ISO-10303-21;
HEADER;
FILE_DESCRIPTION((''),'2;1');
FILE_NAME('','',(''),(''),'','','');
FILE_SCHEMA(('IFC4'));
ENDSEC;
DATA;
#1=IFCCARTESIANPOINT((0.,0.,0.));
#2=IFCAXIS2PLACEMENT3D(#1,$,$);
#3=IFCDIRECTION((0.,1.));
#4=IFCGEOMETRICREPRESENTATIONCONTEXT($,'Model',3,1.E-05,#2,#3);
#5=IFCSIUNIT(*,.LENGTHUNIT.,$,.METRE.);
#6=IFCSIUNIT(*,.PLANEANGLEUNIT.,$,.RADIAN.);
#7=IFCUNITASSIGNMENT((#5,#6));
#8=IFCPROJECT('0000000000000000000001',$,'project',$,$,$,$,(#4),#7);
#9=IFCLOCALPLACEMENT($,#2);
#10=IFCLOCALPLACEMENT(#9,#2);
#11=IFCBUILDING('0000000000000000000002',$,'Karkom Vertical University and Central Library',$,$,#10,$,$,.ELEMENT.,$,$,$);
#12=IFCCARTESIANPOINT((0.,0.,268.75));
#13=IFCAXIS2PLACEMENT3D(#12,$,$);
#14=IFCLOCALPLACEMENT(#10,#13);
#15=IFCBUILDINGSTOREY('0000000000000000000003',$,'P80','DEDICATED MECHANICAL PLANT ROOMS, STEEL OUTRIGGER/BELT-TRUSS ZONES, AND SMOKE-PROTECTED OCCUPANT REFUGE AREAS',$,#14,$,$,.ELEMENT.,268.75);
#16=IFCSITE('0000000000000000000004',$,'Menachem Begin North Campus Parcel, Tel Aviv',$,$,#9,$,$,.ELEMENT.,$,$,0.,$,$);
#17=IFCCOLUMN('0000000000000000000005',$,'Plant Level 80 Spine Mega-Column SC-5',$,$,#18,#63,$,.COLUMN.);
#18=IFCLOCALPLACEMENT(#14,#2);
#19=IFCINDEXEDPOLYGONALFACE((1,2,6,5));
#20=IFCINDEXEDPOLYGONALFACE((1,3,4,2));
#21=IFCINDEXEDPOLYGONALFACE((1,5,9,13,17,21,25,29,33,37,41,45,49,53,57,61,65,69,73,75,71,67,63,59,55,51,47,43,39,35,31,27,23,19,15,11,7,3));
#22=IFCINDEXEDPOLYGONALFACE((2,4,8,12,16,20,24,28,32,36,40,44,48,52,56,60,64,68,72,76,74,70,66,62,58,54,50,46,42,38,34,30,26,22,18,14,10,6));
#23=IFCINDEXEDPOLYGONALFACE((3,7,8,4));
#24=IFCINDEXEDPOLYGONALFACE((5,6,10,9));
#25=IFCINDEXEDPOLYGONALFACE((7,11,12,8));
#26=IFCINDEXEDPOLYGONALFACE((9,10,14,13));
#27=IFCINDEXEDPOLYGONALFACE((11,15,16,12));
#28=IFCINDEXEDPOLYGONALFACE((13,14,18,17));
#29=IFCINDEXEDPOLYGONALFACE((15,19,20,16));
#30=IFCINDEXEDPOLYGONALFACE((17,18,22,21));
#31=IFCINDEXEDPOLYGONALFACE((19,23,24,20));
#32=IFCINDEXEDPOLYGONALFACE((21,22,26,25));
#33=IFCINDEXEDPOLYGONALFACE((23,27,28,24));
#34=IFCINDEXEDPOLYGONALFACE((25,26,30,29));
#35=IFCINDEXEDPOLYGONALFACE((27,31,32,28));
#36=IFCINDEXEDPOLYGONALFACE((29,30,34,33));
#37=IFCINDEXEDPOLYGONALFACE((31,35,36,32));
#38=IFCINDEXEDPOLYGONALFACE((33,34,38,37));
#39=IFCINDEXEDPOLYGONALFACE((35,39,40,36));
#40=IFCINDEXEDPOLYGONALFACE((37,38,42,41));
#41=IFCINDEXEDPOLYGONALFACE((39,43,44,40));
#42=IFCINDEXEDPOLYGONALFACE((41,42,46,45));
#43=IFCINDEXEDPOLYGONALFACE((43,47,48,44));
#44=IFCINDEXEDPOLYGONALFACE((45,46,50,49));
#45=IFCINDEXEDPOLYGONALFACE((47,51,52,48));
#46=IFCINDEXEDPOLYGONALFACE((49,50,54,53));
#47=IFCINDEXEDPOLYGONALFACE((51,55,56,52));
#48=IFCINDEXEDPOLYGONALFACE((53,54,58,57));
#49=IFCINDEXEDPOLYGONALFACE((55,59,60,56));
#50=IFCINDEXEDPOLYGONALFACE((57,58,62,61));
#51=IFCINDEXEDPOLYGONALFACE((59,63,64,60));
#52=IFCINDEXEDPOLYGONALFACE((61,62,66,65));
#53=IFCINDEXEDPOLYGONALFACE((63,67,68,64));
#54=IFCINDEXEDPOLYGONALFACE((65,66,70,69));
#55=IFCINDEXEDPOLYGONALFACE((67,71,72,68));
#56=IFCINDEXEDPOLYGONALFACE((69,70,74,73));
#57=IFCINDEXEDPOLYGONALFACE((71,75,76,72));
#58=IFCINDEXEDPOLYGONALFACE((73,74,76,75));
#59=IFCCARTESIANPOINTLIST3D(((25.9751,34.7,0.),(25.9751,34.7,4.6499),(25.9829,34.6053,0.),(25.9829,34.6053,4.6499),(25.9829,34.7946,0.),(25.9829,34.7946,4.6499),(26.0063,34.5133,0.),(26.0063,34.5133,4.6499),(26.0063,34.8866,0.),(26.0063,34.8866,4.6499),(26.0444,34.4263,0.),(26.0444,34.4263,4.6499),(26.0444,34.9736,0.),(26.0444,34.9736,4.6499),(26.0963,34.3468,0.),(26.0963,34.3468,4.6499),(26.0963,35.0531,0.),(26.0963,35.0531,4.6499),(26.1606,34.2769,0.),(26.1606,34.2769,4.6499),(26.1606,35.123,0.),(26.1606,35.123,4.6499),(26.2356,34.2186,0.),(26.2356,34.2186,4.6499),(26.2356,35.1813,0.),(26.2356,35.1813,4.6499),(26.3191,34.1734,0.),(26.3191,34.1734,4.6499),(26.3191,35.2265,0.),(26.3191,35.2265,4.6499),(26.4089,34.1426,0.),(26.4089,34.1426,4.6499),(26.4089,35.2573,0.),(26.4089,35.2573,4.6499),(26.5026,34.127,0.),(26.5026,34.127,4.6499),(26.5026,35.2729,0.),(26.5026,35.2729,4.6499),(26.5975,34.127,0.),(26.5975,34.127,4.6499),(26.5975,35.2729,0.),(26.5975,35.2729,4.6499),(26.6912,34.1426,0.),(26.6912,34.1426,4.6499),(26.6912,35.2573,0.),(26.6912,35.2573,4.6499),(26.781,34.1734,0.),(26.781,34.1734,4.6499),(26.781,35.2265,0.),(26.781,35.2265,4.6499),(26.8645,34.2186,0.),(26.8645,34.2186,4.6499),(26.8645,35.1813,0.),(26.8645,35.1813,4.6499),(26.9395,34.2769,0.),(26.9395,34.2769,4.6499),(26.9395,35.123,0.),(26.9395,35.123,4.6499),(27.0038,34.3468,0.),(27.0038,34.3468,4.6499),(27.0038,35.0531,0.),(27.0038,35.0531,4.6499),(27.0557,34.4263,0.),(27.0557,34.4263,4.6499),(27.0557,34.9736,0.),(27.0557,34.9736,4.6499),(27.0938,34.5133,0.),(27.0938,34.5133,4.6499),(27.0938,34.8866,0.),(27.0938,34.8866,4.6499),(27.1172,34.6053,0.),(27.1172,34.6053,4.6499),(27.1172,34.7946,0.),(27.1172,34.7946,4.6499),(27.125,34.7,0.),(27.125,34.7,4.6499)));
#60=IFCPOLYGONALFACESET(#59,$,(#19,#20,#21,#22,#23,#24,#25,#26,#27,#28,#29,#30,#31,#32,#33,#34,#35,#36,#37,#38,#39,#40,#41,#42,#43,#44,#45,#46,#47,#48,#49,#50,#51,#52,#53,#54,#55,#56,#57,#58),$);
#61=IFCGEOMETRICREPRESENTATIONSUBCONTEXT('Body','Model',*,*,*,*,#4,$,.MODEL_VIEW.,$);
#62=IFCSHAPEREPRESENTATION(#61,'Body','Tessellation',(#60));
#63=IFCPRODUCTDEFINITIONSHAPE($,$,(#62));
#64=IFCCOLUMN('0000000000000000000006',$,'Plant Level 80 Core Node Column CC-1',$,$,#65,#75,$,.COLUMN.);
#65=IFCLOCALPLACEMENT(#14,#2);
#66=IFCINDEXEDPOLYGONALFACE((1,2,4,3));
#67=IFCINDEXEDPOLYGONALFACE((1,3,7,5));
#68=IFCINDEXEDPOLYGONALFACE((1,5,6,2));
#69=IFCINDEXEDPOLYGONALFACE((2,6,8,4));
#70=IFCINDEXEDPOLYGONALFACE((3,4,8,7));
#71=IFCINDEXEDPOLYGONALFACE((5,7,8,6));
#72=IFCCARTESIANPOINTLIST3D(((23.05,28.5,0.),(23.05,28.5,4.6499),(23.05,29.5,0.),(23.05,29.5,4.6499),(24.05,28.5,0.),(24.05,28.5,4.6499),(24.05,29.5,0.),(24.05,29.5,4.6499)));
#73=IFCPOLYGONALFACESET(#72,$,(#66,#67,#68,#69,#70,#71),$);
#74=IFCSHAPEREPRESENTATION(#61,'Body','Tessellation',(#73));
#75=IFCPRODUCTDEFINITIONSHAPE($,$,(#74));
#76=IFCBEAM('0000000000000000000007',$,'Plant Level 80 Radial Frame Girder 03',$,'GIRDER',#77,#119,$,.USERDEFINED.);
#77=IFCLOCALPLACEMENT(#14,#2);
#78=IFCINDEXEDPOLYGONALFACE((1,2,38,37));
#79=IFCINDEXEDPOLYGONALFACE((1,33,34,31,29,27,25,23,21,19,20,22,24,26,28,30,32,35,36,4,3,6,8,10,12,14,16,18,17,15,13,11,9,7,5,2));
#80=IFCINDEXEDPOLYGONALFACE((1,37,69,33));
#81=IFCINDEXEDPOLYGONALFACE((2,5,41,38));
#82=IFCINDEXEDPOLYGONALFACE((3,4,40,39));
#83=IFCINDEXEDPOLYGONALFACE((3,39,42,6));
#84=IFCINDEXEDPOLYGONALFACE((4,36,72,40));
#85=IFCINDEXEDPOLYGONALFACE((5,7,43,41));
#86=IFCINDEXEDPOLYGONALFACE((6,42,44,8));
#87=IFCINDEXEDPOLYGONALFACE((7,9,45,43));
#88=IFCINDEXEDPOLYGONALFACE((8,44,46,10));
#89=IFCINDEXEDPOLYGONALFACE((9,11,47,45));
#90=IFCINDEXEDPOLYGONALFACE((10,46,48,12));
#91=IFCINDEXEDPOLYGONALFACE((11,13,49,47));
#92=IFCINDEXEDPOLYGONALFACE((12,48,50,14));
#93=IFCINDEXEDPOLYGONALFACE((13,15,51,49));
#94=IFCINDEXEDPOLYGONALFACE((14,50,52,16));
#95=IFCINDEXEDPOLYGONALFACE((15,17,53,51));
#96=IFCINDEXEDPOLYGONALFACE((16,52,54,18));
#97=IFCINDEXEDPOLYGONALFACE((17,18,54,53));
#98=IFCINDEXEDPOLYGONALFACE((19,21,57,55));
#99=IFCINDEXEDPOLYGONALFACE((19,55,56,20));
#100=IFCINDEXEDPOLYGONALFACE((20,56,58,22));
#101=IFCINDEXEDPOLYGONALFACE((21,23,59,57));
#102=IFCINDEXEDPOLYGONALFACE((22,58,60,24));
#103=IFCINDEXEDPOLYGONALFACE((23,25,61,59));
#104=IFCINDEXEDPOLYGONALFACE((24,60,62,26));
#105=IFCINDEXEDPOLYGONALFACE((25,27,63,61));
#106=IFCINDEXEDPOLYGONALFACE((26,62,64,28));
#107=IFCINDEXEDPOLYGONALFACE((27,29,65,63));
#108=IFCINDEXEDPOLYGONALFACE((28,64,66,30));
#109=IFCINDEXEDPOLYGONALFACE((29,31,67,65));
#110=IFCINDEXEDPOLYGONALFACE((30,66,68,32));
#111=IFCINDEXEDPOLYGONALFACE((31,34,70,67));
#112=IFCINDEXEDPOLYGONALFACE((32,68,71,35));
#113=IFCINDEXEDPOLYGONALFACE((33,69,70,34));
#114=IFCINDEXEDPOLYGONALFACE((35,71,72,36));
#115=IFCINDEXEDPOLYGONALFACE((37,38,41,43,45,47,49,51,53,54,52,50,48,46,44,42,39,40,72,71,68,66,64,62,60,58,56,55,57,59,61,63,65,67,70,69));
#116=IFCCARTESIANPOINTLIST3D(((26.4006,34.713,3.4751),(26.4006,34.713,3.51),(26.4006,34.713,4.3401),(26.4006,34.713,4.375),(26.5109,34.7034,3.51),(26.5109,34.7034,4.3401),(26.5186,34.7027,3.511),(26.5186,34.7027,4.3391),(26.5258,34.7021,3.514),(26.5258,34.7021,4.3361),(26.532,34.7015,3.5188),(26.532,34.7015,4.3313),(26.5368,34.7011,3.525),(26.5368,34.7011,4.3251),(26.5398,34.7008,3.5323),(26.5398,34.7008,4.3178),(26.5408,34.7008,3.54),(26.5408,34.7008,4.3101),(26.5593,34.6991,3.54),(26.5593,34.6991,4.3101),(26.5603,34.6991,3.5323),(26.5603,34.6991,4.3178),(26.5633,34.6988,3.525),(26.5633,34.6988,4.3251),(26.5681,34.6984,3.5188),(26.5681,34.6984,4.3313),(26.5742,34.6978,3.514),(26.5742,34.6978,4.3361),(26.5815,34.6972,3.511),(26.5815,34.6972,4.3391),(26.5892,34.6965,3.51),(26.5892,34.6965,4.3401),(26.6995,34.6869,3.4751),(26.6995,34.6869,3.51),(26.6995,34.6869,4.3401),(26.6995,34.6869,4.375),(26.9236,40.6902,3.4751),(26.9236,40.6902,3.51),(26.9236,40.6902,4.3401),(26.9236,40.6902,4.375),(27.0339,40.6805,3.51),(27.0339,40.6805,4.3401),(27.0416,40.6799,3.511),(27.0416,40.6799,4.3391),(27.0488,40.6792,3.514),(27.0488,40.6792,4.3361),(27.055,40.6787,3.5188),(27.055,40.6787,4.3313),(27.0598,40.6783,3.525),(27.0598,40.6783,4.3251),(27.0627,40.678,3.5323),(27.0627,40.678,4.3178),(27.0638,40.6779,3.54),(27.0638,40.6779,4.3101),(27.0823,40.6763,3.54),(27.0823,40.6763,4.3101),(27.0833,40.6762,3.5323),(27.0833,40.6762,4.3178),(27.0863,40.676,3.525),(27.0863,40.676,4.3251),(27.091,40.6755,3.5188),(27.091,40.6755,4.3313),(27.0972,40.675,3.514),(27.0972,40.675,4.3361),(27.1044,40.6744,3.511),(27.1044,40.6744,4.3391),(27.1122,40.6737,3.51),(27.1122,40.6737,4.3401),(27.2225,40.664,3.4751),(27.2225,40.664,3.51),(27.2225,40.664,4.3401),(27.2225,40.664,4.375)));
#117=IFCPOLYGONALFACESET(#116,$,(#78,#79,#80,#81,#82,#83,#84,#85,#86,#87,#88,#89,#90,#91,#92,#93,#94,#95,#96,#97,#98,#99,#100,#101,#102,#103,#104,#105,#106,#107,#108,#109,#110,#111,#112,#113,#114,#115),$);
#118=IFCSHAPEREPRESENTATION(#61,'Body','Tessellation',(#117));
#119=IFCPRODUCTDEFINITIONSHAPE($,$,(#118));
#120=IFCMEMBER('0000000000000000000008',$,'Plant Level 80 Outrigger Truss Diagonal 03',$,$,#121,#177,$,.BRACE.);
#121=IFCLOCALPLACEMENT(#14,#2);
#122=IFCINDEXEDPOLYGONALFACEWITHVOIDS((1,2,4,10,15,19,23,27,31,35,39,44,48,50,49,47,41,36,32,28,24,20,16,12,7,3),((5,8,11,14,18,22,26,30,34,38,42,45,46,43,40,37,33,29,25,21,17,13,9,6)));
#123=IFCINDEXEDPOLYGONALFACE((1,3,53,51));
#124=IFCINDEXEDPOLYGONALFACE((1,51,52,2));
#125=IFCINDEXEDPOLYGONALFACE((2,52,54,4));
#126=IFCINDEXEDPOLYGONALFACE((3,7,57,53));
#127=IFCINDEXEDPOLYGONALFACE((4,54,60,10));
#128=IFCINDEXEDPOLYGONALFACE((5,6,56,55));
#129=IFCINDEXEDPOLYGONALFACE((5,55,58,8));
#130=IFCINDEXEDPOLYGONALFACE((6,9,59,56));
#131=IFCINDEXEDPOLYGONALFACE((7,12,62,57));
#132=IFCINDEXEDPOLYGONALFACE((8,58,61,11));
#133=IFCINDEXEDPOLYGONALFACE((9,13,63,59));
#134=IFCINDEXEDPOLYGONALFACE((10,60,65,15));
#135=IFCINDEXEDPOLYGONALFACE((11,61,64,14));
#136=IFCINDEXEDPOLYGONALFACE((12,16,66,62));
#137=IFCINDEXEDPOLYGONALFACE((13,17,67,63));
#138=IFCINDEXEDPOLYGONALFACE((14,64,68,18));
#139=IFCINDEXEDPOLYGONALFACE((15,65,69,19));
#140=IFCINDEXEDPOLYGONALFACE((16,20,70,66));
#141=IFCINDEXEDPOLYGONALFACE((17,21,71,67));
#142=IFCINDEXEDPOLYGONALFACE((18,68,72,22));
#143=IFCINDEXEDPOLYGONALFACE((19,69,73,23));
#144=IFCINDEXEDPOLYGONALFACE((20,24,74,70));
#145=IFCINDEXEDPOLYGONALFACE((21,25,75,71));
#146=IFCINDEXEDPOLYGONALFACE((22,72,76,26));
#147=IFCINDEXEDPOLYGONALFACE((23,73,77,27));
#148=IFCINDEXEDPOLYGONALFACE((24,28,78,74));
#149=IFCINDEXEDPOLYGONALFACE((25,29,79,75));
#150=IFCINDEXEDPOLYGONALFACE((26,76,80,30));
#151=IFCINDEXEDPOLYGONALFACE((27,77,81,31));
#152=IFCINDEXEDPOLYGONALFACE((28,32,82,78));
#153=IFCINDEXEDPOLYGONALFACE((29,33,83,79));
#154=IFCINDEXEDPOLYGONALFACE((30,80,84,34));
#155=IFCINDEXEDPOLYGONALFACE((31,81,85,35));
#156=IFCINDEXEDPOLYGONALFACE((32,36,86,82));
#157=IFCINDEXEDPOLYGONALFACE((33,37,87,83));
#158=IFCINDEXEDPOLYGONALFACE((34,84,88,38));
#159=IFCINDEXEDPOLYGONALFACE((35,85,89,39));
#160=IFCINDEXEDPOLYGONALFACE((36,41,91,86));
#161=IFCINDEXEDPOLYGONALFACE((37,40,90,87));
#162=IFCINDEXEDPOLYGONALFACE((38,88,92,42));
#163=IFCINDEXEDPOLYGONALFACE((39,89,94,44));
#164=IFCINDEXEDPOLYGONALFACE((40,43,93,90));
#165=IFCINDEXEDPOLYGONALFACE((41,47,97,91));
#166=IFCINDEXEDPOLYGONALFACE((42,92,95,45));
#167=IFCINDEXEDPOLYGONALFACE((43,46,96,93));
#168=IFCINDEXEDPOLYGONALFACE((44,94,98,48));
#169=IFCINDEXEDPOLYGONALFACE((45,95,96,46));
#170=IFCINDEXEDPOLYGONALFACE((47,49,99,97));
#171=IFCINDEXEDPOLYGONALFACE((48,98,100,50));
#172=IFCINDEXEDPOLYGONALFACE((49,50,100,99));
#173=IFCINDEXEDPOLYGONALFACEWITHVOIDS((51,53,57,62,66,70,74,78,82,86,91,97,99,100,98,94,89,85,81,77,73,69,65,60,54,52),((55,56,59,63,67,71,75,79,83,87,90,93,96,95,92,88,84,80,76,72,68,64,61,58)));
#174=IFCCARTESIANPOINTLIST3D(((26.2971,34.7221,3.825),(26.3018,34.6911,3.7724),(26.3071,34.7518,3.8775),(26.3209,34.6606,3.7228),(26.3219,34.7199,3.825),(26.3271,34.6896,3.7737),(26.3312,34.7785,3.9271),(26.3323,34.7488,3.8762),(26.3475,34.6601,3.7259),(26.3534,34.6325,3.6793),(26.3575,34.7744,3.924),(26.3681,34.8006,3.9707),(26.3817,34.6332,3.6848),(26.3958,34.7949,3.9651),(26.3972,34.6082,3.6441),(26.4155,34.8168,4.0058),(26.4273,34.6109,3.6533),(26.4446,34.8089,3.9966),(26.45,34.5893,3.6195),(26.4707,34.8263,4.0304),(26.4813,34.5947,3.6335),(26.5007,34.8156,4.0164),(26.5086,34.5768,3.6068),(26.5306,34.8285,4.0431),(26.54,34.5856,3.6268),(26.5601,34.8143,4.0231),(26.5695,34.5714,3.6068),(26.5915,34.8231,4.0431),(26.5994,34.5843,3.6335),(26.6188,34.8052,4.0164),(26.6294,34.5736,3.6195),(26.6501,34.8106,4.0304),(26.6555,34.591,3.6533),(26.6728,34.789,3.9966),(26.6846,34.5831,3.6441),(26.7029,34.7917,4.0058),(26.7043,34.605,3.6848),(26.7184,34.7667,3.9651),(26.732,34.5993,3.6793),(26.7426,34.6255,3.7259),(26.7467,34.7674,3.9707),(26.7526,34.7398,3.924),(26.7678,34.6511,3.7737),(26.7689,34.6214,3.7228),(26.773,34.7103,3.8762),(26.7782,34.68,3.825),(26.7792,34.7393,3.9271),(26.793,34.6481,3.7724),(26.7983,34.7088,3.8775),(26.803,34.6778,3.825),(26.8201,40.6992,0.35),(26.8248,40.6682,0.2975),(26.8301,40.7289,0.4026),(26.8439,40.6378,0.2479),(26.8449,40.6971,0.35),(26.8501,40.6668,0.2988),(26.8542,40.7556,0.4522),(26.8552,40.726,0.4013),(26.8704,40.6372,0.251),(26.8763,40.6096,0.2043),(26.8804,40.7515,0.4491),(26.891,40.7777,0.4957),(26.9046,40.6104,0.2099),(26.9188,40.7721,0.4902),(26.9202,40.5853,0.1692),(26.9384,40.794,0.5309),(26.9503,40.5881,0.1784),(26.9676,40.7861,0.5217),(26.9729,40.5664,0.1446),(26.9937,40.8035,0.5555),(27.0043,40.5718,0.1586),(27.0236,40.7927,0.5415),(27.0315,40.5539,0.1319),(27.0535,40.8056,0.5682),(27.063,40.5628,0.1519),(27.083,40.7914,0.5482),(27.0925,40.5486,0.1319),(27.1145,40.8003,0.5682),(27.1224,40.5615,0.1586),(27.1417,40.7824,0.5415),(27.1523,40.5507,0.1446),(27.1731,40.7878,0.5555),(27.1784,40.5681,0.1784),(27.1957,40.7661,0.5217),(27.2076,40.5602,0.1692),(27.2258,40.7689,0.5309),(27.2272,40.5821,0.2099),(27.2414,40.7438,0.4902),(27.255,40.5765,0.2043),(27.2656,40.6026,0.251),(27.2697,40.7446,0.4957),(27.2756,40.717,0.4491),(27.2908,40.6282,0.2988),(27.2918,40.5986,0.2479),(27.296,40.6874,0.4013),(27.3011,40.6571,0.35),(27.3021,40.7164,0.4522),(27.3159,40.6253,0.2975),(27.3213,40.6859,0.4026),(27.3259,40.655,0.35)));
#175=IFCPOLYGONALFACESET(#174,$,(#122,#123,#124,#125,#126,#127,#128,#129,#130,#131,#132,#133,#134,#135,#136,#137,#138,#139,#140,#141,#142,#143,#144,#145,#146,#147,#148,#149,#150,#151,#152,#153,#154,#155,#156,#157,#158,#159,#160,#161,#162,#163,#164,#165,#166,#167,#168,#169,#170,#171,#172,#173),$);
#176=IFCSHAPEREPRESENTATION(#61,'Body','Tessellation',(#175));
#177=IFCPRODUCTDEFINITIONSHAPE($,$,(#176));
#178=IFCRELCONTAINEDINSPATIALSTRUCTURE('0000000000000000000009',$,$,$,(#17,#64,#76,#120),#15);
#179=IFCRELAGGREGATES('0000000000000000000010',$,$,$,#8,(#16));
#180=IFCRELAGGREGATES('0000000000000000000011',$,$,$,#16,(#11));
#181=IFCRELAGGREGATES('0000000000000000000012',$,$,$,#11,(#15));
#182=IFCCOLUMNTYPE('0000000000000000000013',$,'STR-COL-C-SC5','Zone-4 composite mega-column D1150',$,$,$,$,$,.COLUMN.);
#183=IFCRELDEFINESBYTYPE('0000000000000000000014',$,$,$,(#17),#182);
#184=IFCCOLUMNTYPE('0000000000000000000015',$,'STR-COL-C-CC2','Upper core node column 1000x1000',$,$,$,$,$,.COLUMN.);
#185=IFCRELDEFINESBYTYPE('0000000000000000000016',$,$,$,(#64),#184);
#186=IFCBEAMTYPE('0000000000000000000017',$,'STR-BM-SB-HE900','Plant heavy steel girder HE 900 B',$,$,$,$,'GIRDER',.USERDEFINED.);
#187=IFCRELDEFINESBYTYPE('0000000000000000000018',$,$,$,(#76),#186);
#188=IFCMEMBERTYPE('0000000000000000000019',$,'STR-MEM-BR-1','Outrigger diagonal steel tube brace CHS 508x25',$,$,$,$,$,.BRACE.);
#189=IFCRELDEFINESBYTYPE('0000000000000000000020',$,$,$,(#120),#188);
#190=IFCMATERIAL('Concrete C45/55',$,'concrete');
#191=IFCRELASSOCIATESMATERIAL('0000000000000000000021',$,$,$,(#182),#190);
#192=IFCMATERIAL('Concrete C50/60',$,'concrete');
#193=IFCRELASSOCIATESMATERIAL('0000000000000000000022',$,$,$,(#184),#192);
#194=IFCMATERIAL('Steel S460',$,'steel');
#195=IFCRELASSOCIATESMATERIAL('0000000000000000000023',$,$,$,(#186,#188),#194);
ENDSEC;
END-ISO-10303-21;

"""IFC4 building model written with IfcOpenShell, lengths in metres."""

from ifc_helpers import new_model, si_unit, direction, frame, origin, origin_with_axes, origin_2d, place, context, subcontext, project, spatial, rectangle, circle, hollow_circle, i_section, extrude, source, transform, mapped, material, material_profile, profile_set, type_object, element, save


model = new_model("IFC4")

# Units and contexts
model_context = context("Model", 3, precision=1e-05, world=origin(), true_north=direction((0.0, 1.0)))
body_context = subcontext(model_context, "Body", "Model", "MODEL_VIEW")
ifc_project = project(units=[si_unit("LENGTHUNIT", "METRE"), si_unit("PLANEANGLEUNIT", "RADIAN")], contexts=[model_context])

# Site, building, storey
site_placement = place(None, origin())
site = spatial("IfcSite", under=ifc_project, at=site_placement, Name="Menachem Begin North Campus Parcel, Tel Aviv", CompositionType="ELEMENT", RefElevation=0.0)
building_placement = place(site_placement, origin())
building = spatial("IfcBuilding", under=site, at=building_placement, Name="Karkom Vertical University and Central Library", CompositionType="ELEMENT")
storey_placement = place(building_placement, frame((0.0, 0.0, 268.75)))
storey = spatial("IfcBuildingStorey", under=building, at=storey_placement, Name="P80", Description="DEDICATED MECHANICAL PLANT ROOMS, STEEL OUTRIGGER/BELT-TRUSS ZONES, AND SMOKE-PROTECTED OCCUPANT REFUGE AREAS", CompositionType="ELEMENT", Elevation=268.75)

# Columns
ifc_material_1 = material(Name="Concrete C45/55", Category="concrete")
ifc_material_profile_1 = material_profile(ifc_material_1, circle(Radius=0.575, at=origin_2d()), Name="CFT-D1150")
ifc_profile_set_1 = profile_set([ifc_material_profile_1], Name="Concrete C45/55")
column_type_1 = type_object("IfcColumnType", Name="STR-COL-C-SC5", Description="Zone-4 composite mega-column D1150", PredefinedType="COLUMN", material=ifc_profile_set_1)
shared_shape_1 = source(origin_with_axes(), body_context, "Body", "SweptSolid", [
    extrude(circle(Radius=0.575, at=origin_2d()), origin(), (0.0, 0.0, 1.0), 4.6499),
])
column_1_placement = place(storey_placement, frame((26.55, 34.7, 0.0), z_axis=(0.0, 0.0, 1.0), x_axis=(1.0, 0.0, 0.0)))
element("IfcColumn", 1, at=column_1_placement, inside=storey, type_object=column_type_1, Name="Plant Level 80 Spine Mega-Column SC-5", PredefinedType="COLUMN", context=body_context, shape_type="MappedRepresentation", body=[
    mapped(shared_shape_1, transform((0.0, 0.0, 0.0), scale=1.0)),
])
ifc_material_2 = material(Name="Concrete C50/60", Category="concrete")
ifc_material_profile_2 = material_profile(ifc_material_2, rectangle(XDim=1.0, YDim=1.0, at=origin_2d()), Name="RC-1000x1000")
ifc_profile_set_2 = profile_set([ifc_material_profile_2], Name="Concrete C50/60")
column_type_2 = type_object("IfcColumnType", Name="STR-COL-C-CC2", Description="Upper core node column 1000x1000", PredefinedType="COLUMN", material=ifc_profile_set_2)
shared_shape_2 = source(origin_with_axes(), body_context, "Body", "SweptSolid", [
    extrude(rectangle(XDim=1.0, YDim=1.0, at=origin_2d()), origin(), (0.0, 0.0, 1.0), 4.6499),
])
column_2_placement = place(storey_placement, frame((23.55, 29.0, 0.0), z_axis=(0.0, 0.0, 1.0), x_axis=(1.0, 0.0, 0.0)))
element("IfcColumn", 2, at=column_2_placement, inside=storey, type_object=column_type_2, Name="Plant Level 80 Core Node Column CC-1", PredefinedType="COLUMN", context=body_context, shape_type="MappedRepresentation", body=[
    mapped(shared_shape_2, transform((0.0, 0.0, 0.0), scale=1.0)),
])

# Beam
ifc_material_3 = material(Name="Steel S460", Category="steel")
ifc_material_profile_3 = material_profile(ifc_material_3, i_section(OverallWidth=0.3, OverallDepth=0.8999, WebThickness=0.0186, FlangeThickness=0.0349, FilletRadius=0.03, at=origin_2d()), Name="HE 900 B")
ifc_profile_set_3 = profile_set([ifc_material_profile_3], Name="Steel S460")
beam_type = type_object("IfcBeamType", Name="STR-BM-SB-HE900", Description="Plant heavy steel girder HE 900 B", ElementType="GIRDER", PredefinedType="USERDEFINED", material=ifc_profile_set_3)
shared_shape_3 = source(origin_with_axes(), body_context, "Body", "SweptSolid", [
    extrude(i_section(OverallWidth=0.3, OverallDepth=0.8999, WebThickness=0.0186, FlangeThickness=0.0349, FilletRadius=0.03, at=origin_2d()), origin(), (0.0, 0.0, 1.0), 6.0),
])
beam_placement = place(storey_placement, frame((26.55, 34.7, 3.925), z_axis=(0.08716, 0.996194, 0.0), x_axis=(-0.996194, 0.08716, 0.0)))
element("IfcBeam", 3, at=beam_placement, inside=storey, type_object=beam_type, Name="Plant Level 80 Radial Frame Girder 03", ObjectType="GIRDER", PredefinedType="USERDEFINED", context=body_context, shape_type="MappedRepresentation", body=[
    mapped(shared_shape_3, transform((0.0, 0.0, 0.0), scale=1.0)),
])

# Member
ifc_material_profile_4 = material_profile(ifc_material_3, hollow_circle(Radius=0.2539, WallThickness=0.0249, at=origin_2d()), Name="CHS 508x25")
ifc_profile_set_4 = profile_set([ifc_material_profile_4], Name="Steel S460")
member_type = type_object("IfcMemberType", Name="STR-MEM-BR-1", Description="Outrigger diagonal steel tube brace CHS 508x25", PredefinedType="BRACE", material=ifc_profile_set_4)
shared_shape_4 = source(origin_with_axes(), body_context, "Body", "SweptSolid", [
    extrude(hollow_circle(Radius=0.2539, WallThickness=0.0249, at=origin_2d()), origin(), (0.0, 0.0, 1.0), 6.9336),
])
member_placement = place(storey_placement, frame((26.55, 34.7, 3.825), z_axis=(0.075424, 0.862056, -0.50117), x_axis=(-0.996194, 0.08716, 0.0)))
element("IfcMember", 4, at=member_placement, inside=storey, type_object=member_type, Name="Plant Level 80 Outrigger Truss Diagonal 03", PredefinedType="BRACE", context=body_context, shape_type="MappedRepresentation", body=[
    mapped(shared_shape_4, transform((0.0, 0.0, 0.0), scale=1.0)),
])

save(model, "model.ifc")
